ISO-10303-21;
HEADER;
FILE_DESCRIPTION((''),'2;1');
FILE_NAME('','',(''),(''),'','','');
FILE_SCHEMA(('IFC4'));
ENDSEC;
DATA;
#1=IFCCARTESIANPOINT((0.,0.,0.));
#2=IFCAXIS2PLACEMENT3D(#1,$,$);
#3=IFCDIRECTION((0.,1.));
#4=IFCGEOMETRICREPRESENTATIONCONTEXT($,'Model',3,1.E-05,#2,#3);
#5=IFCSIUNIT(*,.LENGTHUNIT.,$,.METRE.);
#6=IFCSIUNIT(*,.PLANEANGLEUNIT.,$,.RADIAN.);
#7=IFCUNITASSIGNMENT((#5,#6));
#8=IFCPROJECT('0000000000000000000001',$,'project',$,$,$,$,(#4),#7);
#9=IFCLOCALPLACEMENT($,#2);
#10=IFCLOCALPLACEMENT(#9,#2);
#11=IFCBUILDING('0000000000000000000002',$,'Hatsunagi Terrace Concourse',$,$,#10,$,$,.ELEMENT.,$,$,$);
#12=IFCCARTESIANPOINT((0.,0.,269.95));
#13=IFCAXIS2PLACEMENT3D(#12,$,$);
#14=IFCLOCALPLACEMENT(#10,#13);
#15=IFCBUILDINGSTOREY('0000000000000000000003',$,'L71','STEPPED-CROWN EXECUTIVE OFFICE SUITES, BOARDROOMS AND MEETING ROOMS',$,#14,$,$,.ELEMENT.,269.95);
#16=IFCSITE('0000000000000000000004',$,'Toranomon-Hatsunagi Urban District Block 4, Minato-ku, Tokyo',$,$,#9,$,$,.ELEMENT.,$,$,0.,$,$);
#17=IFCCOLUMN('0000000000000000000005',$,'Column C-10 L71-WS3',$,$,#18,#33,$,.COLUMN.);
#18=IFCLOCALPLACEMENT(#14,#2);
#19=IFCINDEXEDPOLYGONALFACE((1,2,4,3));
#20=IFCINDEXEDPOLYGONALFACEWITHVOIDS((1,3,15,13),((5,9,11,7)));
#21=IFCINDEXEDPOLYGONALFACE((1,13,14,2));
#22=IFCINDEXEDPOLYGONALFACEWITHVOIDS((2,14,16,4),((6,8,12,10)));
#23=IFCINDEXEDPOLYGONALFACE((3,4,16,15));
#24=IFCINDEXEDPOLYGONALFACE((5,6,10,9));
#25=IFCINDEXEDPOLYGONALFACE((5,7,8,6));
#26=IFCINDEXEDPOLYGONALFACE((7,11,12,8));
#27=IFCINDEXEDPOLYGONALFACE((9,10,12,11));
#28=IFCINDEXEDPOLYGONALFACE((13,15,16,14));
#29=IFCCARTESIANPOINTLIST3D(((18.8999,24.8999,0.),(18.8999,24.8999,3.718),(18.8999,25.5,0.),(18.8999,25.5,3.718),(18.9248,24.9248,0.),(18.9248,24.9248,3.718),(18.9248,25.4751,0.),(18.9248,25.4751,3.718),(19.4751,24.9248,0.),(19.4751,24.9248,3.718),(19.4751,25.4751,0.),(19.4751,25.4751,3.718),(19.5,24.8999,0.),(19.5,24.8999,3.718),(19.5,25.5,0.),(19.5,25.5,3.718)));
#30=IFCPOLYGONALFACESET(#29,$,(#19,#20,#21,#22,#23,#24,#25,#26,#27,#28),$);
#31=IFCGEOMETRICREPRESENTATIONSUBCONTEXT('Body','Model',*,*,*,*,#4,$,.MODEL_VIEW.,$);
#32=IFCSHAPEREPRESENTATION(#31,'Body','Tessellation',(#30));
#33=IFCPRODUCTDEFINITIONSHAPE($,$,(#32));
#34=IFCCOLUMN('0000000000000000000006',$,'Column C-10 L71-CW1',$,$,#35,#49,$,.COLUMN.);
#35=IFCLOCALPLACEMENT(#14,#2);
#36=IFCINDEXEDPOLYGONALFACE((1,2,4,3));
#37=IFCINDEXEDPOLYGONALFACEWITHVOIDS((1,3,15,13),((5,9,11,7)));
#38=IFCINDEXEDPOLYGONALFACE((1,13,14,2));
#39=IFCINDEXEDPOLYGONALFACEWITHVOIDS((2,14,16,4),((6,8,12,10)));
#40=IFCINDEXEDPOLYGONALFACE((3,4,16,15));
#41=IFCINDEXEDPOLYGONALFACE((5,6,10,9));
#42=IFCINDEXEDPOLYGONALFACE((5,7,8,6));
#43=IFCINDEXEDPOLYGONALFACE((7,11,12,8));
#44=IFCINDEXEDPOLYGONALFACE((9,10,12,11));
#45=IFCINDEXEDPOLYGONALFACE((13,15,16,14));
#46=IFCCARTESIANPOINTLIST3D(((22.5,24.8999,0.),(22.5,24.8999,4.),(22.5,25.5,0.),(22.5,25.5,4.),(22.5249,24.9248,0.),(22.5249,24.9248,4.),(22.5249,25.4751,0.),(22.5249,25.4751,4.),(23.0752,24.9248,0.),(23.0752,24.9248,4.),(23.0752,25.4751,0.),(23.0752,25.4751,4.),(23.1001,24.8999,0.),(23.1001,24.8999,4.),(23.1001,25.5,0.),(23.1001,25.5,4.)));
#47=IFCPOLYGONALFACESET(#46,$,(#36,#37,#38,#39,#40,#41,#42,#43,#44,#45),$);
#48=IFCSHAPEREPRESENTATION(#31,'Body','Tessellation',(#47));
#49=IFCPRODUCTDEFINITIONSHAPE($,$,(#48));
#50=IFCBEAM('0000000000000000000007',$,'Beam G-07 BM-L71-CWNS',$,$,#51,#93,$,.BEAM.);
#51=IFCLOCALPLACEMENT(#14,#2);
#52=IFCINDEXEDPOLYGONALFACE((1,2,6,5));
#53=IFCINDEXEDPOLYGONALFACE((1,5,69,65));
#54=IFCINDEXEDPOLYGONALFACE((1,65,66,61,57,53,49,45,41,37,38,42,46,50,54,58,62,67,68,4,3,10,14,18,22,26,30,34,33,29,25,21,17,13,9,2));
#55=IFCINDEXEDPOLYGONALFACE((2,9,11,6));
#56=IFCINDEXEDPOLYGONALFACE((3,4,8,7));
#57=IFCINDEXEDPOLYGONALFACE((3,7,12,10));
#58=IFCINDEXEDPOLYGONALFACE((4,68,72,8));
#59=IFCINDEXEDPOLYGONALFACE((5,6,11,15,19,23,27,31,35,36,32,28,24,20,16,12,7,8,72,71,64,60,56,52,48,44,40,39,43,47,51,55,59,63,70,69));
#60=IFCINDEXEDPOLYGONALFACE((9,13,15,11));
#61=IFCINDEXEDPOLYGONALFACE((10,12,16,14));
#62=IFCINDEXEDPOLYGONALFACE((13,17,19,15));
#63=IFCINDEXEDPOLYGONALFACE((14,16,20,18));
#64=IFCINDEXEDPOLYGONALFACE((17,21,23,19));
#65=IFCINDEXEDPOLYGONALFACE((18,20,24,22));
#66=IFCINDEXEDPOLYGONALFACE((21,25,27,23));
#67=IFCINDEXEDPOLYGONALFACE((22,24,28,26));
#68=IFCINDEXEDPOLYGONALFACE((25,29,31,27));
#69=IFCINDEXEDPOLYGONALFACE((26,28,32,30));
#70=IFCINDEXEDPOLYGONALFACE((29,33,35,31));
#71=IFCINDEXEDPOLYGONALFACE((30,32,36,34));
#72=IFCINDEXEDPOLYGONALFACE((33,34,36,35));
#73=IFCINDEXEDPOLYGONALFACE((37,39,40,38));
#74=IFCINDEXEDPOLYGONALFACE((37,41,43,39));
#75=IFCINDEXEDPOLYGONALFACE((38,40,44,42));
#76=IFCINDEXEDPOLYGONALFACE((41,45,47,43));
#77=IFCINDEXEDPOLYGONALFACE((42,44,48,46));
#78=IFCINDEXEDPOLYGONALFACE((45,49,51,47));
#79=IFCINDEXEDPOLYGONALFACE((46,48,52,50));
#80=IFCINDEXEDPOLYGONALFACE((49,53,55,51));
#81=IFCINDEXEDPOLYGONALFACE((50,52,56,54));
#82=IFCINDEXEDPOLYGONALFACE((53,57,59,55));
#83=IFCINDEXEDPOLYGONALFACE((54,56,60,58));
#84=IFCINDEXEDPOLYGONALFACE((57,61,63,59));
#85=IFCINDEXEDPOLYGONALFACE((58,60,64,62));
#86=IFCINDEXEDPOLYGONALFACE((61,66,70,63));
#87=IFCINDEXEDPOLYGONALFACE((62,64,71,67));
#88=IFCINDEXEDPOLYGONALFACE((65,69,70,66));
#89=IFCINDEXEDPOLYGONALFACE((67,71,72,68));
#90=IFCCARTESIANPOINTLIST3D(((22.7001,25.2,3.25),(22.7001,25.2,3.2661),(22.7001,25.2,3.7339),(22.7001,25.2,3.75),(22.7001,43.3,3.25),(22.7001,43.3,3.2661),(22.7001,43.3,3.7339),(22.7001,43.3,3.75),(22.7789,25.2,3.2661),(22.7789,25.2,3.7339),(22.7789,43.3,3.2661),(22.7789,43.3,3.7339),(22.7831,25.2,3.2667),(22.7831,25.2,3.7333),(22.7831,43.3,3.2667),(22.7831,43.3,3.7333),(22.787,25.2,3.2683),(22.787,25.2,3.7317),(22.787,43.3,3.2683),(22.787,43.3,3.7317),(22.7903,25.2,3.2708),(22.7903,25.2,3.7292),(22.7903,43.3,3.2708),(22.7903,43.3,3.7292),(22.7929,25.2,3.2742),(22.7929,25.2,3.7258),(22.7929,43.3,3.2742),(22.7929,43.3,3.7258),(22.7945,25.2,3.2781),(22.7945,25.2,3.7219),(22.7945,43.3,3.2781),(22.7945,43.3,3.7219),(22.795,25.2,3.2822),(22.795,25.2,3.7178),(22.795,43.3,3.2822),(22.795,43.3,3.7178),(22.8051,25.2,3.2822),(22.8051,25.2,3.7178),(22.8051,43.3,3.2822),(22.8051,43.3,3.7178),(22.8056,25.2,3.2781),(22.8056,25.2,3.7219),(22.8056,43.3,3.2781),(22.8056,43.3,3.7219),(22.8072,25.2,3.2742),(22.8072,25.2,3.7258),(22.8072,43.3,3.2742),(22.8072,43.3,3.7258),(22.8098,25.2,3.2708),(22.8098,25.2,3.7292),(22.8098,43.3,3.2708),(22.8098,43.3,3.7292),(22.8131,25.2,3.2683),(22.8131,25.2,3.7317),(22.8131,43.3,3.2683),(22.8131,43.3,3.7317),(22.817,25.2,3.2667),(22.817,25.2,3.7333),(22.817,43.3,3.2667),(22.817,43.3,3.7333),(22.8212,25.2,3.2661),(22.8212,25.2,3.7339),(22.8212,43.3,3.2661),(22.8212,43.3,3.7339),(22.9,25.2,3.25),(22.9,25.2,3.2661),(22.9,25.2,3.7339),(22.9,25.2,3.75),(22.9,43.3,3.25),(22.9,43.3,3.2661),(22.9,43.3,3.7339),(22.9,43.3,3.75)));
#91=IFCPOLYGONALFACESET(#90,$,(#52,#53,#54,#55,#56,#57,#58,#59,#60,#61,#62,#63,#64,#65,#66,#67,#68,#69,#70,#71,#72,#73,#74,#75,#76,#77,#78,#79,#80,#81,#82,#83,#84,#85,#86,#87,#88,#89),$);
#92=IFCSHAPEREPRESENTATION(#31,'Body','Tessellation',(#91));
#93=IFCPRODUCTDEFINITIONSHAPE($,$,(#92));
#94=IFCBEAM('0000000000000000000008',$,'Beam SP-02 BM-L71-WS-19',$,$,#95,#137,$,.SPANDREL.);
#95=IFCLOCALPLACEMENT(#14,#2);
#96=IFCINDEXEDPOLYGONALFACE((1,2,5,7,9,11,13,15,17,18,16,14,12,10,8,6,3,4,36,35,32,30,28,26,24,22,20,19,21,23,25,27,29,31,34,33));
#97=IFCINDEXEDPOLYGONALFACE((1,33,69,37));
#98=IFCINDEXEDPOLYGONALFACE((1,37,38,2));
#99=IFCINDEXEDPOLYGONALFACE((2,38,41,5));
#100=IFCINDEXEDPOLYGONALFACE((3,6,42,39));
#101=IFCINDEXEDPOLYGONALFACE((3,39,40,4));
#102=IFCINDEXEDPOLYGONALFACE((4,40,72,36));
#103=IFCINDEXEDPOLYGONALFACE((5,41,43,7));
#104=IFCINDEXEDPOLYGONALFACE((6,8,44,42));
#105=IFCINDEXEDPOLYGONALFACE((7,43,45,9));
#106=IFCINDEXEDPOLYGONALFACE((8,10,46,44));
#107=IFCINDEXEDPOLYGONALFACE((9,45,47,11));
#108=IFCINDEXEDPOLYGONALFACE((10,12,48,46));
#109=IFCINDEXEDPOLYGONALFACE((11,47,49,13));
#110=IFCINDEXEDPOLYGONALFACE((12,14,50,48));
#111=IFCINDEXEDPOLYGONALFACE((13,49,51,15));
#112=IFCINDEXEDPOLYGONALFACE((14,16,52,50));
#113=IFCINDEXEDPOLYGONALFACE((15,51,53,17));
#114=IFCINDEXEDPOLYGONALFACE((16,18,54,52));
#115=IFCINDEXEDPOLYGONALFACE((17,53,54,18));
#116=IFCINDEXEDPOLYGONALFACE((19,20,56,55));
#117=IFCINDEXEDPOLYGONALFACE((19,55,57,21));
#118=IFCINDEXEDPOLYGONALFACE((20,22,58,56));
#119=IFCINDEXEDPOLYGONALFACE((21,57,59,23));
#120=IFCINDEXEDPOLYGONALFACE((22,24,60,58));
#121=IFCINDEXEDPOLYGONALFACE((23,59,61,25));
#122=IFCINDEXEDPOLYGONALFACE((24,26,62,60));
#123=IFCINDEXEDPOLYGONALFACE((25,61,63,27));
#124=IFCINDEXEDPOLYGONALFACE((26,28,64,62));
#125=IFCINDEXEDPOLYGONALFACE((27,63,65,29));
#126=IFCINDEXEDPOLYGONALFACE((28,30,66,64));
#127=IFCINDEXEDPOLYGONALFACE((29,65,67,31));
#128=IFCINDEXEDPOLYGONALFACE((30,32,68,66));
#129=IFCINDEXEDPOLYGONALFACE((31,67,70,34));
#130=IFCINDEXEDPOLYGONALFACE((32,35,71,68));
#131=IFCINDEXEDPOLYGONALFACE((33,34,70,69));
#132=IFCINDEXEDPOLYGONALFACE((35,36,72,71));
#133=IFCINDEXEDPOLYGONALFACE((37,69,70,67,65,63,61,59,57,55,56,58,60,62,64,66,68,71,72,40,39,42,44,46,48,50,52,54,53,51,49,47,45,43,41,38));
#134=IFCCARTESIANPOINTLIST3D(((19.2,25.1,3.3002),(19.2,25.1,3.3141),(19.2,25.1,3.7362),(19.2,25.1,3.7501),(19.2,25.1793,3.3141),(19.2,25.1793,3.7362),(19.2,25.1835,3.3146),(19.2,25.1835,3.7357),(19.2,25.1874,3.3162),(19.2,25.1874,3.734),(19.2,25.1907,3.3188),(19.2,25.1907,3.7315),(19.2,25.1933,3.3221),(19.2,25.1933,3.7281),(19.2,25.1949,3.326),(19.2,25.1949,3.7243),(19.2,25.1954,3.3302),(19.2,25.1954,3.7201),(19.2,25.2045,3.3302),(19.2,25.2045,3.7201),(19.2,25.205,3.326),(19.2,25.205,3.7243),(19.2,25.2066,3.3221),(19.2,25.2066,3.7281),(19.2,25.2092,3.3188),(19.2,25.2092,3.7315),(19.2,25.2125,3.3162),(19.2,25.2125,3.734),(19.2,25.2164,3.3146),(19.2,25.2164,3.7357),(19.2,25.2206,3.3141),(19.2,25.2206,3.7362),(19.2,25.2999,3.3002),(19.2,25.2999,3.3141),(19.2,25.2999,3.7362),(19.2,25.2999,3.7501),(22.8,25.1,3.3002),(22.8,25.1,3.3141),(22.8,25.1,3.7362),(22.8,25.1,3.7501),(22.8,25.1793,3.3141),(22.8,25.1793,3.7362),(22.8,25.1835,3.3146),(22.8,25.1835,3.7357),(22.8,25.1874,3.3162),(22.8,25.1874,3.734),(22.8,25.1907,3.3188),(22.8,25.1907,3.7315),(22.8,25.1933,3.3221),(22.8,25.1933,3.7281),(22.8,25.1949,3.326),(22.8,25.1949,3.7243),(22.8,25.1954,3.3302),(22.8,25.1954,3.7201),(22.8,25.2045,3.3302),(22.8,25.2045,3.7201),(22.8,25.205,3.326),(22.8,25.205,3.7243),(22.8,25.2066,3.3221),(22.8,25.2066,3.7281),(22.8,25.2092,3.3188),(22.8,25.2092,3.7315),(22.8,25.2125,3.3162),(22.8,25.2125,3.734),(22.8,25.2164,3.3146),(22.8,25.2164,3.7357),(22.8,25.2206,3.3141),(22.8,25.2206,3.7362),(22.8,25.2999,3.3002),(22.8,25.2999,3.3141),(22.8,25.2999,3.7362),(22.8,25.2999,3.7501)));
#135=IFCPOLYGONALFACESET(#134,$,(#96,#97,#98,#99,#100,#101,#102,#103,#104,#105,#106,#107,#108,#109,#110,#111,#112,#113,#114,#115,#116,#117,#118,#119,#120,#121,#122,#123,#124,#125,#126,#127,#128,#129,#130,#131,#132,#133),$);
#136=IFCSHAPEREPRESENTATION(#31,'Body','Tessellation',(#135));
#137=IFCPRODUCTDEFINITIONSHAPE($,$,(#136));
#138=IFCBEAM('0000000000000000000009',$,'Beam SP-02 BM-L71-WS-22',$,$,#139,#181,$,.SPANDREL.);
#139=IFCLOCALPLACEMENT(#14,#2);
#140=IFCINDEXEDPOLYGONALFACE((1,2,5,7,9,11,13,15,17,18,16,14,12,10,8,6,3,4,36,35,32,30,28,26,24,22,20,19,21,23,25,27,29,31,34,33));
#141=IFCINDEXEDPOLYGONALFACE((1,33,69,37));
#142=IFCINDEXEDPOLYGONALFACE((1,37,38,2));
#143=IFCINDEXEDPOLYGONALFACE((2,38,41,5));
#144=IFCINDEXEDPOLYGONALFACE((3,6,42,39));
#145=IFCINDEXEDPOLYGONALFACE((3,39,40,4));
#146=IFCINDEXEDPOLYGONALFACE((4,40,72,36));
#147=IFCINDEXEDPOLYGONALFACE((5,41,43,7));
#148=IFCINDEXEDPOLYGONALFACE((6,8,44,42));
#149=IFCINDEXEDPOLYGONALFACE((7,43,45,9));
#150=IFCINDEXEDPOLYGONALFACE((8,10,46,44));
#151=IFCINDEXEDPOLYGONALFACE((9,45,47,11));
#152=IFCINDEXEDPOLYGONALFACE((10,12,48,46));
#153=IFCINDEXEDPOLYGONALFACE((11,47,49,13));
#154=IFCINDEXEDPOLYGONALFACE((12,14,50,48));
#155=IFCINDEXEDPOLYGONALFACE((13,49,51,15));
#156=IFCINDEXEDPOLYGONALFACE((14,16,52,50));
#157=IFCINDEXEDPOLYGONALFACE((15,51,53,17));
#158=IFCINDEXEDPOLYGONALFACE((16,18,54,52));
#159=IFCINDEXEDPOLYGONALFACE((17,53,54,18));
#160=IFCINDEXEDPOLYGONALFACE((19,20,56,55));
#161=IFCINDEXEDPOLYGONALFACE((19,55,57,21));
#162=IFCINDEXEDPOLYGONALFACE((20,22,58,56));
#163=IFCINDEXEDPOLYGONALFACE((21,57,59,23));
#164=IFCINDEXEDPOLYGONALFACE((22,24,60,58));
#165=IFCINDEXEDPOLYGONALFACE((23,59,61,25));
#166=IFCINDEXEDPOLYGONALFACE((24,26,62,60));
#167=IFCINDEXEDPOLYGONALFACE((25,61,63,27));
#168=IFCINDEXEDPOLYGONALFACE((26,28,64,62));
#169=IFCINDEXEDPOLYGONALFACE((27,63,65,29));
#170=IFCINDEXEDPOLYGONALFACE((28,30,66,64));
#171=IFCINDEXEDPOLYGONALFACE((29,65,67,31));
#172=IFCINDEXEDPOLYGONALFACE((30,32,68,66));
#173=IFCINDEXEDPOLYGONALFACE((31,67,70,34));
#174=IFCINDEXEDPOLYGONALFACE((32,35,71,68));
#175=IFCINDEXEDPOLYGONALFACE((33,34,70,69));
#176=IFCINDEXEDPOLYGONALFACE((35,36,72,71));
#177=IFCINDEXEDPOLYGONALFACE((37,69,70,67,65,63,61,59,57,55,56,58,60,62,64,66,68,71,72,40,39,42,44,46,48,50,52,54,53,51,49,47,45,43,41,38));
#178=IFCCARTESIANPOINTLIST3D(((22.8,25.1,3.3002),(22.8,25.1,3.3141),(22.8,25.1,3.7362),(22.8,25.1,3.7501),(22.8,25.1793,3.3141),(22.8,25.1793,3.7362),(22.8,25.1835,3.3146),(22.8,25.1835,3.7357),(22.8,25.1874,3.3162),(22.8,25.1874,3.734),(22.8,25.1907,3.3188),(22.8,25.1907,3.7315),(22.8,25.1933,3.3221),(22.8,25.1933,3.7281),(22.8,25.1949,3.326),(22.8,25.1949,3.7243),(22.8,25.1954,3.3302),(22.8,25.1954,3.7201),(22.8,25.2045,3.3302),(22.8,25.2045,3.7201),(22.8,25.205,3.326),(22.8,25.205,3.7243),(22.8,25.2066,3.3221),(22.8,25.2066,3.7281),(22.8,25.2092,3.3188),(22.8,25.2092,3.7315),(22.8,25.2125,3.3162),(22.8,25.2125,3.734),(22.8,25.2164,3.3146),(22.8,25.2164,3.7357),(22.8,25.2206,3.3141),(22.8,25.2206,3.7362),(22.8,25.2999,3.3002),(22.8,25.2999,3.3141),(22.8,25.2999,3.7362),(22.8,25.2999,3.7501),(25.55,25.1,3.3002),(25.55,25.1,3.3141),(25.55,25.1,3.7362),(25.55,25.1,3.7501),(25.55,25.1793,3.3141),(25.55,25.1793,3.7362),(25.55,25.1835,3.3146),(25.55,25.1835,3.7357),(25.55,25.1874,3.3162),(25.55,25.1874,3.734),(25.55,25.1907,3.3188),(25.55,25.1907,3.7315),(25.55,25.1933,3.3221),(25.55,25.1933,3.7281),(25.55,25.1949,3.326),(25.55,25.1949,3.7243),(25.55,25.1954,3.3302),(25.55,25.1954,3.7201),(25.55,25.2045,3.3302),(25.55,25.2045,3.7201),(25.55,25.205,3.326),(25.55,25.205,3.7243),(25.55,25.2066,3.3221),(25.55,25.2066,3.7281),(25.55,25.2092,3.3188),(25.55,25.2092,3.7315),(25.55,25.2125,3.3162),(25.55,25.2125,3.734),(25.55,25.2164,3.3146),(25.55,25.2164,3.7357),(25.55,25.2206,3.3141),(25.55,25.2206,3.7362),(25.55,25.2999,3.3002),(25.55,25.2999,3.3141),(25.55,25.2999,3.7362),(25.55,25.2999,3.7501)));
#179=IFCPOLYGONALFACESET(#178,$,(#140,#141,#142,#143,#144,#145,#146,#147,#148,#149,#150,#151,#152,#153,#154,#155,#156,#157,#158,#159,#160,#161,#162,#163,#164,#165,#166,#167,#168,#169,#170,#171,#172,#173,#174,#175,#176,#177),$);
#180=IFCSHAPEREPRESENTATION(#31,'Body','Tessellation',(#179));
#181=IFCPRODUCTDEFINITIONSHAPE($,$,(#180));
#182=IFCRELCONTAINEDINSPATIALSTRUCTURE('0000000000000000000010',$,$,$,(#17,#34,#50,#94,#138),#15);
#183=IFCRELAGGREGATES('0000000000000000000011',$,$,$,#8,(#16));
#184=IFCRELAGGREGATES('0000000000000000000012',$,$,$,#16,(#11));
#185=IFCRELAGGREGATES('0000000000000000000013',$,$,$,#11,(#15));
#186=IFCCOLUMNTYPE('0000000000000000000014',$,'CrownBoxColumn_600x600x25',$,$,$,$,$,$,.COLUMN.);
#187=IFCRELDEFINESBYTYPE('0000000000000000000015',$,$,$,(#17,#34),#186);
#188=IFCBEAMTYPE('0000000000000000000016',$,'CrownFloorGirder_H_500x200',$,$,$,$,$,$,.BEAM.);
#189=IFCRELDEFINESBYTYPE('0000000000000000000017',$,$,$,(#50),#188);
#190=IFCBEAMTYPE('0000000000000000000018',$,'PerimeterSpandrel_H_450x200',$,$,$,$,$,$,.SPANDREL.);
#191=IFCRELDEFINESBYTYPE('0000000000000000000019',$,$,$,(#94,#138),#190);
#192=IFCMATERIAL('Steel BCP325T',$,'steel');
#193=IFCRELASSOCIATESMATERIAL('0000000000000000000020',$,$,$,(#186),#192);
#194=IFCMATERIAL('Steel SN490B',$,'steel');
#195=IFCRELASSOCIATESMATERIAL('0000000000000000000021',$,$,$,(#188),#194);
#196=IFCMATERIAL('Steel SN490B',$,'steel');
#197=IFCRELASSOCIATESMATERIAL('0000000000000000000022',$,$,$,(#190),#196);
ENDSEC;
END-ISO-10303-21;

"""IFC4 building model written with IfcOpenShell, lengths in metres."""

from ifc_helpers import new_model, si_unit, direction, frame, origin, origin_2d, place, context, subcontext, project, spatial, hollow_rectangle, i_section, extrude, material, material_profile, profile_set, type_object, element, save


model = new_model("IFC4")

# Units and contexts
model_context = context("Model", 3, precision=1e-05, world=origin(), true_north=direction((0.0, 1.0)))
body_context = subcontext(model_context, "Body", "Model", "MODEL_VIEW")
ifc_project = project(units=[si_unit("LENGTHUNIT", "METRE"), si_unit("PLANEANGLEUNIT", "RADIAN")], contexts=[model_context])

# Site, building, storey
site_placement = place(None, origin())
site = spatial("IfcSite", under=ifc_project, at=site_placement, Name="Toranomon-Hatsunagi Urban District Block 4, Minato-ku, Tokyo", CompositionType="ELEMENT", RefElevation=0.0)
building_placement = place(site_placement, origin())
building = spatial("IfcBuilding", under=site, at=building_placement, Name="Hatsunagi Terrace Concourse", CompositionType="ELEMENT")
storey_placement = place(building_placement, frame((0.0, 0.0, 269.95)))
storey = spatial("IfcBuildingStorey", under=building, at=storey_placement, Name="L71", Description="STEPPED-CROWN EXECUTIVE OFFICE SUITES, BOARDROOMS AND MEETING ROOMS", CompositionType="ELEMENT", Elevation=269.95)

# Columns
ifc_material_1 = material(Name="Steel BCP325T", Category="steel")
ifc_material_profile_1 = material_profile(ifc_material_1, hollow_rectangle(XDim=0.6001, YDim=0.6001, WallThickness=0.0249, at=origin_2d()), Name="BCP-600x600x25")
ifc_profile_set_1 = profile_set([ifc_material_profile_1], Name="Steel BCP325T")
column_type = type_object("IfcColumnType", Name="CrownBoxColumn_600x600x25", PredefinedType="COLUMN", material=ifc_profile_set_1)
column_1_placement = place(storey_placement, frame((19.2, 25.2, 0.0), z_axis=(0.0, 0.0, 1.0), x_axis=(1.0, 0.0, 0.0)))
element("IfcColumn", 1, at=column_1_placement, inside=storey, type_object=column_type, Name="Column C-10 L71-WS3", PredefinedType="COLUMN", context=body_context, shape_type="SweptSolid", body=[
    extrude(hollow_rectangle(XDim=0.6001, YDim=0.6001, WallThickness=0.0249, at=origin_2d()), origin(), (0.0, 0.0, 1.0), 3.718),
])
column_2_placement = place(storey_placement, frame((22.8, 25.2, 0.0), z_axis=(0.0, 0.0, 1.0), x_axis=(1.0, 0.0, 0.0)))
element("IfcColumn", 2, at=column_2_placement, inside=storey, type_object=column_type, Name="Column C-10 L71-CW1", PredefinedType="COLUMN", context=body_context, shape_type="SweptSolid", body=[
    extrude(hollow_rectangle(XDim=0.6001, YDim=0.6001, WallThickness=0.0249, at=origin_2d()), origin(), (0.0, 0.0, 1.0), 4.0),
])

# Beams
ifc_material_2 = material(Name="Steel SN490B", Category="steel")
ifc_material_profile_2 = material_profile(ifc_material_2, i_section(OverallWidth=0.2, OverallDepth=0.5, WebThickness=0.01, FlangeThickness=0.0161, FilletRadius=0.0161, at=origin_2d()), Name="H-500x200x10x16")
ifc_profile_set_2 = profile_set([ifc_material_profile_2], Name="Steel SN490B")
beam_type_1 = type_object("IfcBeamType", Name="CrownFloorGirder_H_500x200", PredefinedType="BEAM", material=ifc_profile_set_2)
beam_1_placement = place(storey_placement, frame((22.8, 25.2, 3.5), z_axis=(0.0, 1.0, 0.0), x_axis=(-1.0, 0.0, 0.0)))
element("IfcBeam", 3, at=beam_1_placement, inside=storey, type_object=beam_type_1, Name="Beam G-07 BM-L71-CWNS", PredefinedType="BEAM", context=body_context, shape_type="SweptSolid", body=[
    extrude(i_section(OverallWidth=0.2, OverallDepth=0.5, WebThickness=0.01, FlangeThickness=0.0161, FilletRadius=0.0161, at=origin_2d()), origin(), (0.0, 0.0, 1.0), 18.1001),
])
ifc_material_3 = material(Name="Steel SN490B", Category="steel")
ifc_material_profile_3 = material_profile(ifc_material_3, i_section(OverallWidth=0.2, OverallDepth=0.45, WebThickness=0.009, FlangeThickness=0.0139, FilletRadius=0.0161, at=origin_2d()), Name="H-450x200x9x14")
ifc_profile_set_3 = profile_set([ifc_material_profile_3], Name="Steel SN490B")
beam_type_2 = type_object("IfcBeamType", Name="PerimeterSpandrel_H_450x200", PredefinedType="SPANDREL", material=ifc_profile_set_3)
beam_2_placement = place(storey_placement, frame((19.2, 25.2, 3.5251), z_axis=(1.0, 0.0, 0.0), x_axis=(0.0, 1.0, 0.0)))
element("IfcBeam", 4, at=beam_2_placement, inside=storey, type_object=beam_type_2, Name="Beam SP-02 BM-L71-WS-19", PredefinedType="SPANDREL", context=body_context, shape_type="SweptSolid", body=[
    extrude(i_section(OverallWidth=0.2, OverallDepth=0.45, WebThickness=0.009, FlangeThickness=0.0139, FilletRadius=0.0161, at=origin_2d()), origin(), (0.0, 0.0, 1.0), 3.6001),
])
beam_3_placement = place(storey_placement, frame((22.8, 25.2, 3.5251), z_axis=(1.0, 0.0, 0.0), x_axis=(0.0, 1.0, 0.0)))
element("IfcBeam", 5, at=beam_3_placement, inside=storey, type_object=beam_type_2, Name="Beam SP-02 BM-L71-WS-22", PredefinedType="SPANDREL", context=body_context, shape_type="SweptSolid", body=[
    extrude(i_section(OverallWidth=0.2, OverallDepth=0.45, WebThickness=0.009, FlangeThickness=0.0139, FilletRadius=0.0161, at=origin_2d()), origin(), (0.0, 0.0, 1.0), 2.75),
])

save(model, "model.ifc")
